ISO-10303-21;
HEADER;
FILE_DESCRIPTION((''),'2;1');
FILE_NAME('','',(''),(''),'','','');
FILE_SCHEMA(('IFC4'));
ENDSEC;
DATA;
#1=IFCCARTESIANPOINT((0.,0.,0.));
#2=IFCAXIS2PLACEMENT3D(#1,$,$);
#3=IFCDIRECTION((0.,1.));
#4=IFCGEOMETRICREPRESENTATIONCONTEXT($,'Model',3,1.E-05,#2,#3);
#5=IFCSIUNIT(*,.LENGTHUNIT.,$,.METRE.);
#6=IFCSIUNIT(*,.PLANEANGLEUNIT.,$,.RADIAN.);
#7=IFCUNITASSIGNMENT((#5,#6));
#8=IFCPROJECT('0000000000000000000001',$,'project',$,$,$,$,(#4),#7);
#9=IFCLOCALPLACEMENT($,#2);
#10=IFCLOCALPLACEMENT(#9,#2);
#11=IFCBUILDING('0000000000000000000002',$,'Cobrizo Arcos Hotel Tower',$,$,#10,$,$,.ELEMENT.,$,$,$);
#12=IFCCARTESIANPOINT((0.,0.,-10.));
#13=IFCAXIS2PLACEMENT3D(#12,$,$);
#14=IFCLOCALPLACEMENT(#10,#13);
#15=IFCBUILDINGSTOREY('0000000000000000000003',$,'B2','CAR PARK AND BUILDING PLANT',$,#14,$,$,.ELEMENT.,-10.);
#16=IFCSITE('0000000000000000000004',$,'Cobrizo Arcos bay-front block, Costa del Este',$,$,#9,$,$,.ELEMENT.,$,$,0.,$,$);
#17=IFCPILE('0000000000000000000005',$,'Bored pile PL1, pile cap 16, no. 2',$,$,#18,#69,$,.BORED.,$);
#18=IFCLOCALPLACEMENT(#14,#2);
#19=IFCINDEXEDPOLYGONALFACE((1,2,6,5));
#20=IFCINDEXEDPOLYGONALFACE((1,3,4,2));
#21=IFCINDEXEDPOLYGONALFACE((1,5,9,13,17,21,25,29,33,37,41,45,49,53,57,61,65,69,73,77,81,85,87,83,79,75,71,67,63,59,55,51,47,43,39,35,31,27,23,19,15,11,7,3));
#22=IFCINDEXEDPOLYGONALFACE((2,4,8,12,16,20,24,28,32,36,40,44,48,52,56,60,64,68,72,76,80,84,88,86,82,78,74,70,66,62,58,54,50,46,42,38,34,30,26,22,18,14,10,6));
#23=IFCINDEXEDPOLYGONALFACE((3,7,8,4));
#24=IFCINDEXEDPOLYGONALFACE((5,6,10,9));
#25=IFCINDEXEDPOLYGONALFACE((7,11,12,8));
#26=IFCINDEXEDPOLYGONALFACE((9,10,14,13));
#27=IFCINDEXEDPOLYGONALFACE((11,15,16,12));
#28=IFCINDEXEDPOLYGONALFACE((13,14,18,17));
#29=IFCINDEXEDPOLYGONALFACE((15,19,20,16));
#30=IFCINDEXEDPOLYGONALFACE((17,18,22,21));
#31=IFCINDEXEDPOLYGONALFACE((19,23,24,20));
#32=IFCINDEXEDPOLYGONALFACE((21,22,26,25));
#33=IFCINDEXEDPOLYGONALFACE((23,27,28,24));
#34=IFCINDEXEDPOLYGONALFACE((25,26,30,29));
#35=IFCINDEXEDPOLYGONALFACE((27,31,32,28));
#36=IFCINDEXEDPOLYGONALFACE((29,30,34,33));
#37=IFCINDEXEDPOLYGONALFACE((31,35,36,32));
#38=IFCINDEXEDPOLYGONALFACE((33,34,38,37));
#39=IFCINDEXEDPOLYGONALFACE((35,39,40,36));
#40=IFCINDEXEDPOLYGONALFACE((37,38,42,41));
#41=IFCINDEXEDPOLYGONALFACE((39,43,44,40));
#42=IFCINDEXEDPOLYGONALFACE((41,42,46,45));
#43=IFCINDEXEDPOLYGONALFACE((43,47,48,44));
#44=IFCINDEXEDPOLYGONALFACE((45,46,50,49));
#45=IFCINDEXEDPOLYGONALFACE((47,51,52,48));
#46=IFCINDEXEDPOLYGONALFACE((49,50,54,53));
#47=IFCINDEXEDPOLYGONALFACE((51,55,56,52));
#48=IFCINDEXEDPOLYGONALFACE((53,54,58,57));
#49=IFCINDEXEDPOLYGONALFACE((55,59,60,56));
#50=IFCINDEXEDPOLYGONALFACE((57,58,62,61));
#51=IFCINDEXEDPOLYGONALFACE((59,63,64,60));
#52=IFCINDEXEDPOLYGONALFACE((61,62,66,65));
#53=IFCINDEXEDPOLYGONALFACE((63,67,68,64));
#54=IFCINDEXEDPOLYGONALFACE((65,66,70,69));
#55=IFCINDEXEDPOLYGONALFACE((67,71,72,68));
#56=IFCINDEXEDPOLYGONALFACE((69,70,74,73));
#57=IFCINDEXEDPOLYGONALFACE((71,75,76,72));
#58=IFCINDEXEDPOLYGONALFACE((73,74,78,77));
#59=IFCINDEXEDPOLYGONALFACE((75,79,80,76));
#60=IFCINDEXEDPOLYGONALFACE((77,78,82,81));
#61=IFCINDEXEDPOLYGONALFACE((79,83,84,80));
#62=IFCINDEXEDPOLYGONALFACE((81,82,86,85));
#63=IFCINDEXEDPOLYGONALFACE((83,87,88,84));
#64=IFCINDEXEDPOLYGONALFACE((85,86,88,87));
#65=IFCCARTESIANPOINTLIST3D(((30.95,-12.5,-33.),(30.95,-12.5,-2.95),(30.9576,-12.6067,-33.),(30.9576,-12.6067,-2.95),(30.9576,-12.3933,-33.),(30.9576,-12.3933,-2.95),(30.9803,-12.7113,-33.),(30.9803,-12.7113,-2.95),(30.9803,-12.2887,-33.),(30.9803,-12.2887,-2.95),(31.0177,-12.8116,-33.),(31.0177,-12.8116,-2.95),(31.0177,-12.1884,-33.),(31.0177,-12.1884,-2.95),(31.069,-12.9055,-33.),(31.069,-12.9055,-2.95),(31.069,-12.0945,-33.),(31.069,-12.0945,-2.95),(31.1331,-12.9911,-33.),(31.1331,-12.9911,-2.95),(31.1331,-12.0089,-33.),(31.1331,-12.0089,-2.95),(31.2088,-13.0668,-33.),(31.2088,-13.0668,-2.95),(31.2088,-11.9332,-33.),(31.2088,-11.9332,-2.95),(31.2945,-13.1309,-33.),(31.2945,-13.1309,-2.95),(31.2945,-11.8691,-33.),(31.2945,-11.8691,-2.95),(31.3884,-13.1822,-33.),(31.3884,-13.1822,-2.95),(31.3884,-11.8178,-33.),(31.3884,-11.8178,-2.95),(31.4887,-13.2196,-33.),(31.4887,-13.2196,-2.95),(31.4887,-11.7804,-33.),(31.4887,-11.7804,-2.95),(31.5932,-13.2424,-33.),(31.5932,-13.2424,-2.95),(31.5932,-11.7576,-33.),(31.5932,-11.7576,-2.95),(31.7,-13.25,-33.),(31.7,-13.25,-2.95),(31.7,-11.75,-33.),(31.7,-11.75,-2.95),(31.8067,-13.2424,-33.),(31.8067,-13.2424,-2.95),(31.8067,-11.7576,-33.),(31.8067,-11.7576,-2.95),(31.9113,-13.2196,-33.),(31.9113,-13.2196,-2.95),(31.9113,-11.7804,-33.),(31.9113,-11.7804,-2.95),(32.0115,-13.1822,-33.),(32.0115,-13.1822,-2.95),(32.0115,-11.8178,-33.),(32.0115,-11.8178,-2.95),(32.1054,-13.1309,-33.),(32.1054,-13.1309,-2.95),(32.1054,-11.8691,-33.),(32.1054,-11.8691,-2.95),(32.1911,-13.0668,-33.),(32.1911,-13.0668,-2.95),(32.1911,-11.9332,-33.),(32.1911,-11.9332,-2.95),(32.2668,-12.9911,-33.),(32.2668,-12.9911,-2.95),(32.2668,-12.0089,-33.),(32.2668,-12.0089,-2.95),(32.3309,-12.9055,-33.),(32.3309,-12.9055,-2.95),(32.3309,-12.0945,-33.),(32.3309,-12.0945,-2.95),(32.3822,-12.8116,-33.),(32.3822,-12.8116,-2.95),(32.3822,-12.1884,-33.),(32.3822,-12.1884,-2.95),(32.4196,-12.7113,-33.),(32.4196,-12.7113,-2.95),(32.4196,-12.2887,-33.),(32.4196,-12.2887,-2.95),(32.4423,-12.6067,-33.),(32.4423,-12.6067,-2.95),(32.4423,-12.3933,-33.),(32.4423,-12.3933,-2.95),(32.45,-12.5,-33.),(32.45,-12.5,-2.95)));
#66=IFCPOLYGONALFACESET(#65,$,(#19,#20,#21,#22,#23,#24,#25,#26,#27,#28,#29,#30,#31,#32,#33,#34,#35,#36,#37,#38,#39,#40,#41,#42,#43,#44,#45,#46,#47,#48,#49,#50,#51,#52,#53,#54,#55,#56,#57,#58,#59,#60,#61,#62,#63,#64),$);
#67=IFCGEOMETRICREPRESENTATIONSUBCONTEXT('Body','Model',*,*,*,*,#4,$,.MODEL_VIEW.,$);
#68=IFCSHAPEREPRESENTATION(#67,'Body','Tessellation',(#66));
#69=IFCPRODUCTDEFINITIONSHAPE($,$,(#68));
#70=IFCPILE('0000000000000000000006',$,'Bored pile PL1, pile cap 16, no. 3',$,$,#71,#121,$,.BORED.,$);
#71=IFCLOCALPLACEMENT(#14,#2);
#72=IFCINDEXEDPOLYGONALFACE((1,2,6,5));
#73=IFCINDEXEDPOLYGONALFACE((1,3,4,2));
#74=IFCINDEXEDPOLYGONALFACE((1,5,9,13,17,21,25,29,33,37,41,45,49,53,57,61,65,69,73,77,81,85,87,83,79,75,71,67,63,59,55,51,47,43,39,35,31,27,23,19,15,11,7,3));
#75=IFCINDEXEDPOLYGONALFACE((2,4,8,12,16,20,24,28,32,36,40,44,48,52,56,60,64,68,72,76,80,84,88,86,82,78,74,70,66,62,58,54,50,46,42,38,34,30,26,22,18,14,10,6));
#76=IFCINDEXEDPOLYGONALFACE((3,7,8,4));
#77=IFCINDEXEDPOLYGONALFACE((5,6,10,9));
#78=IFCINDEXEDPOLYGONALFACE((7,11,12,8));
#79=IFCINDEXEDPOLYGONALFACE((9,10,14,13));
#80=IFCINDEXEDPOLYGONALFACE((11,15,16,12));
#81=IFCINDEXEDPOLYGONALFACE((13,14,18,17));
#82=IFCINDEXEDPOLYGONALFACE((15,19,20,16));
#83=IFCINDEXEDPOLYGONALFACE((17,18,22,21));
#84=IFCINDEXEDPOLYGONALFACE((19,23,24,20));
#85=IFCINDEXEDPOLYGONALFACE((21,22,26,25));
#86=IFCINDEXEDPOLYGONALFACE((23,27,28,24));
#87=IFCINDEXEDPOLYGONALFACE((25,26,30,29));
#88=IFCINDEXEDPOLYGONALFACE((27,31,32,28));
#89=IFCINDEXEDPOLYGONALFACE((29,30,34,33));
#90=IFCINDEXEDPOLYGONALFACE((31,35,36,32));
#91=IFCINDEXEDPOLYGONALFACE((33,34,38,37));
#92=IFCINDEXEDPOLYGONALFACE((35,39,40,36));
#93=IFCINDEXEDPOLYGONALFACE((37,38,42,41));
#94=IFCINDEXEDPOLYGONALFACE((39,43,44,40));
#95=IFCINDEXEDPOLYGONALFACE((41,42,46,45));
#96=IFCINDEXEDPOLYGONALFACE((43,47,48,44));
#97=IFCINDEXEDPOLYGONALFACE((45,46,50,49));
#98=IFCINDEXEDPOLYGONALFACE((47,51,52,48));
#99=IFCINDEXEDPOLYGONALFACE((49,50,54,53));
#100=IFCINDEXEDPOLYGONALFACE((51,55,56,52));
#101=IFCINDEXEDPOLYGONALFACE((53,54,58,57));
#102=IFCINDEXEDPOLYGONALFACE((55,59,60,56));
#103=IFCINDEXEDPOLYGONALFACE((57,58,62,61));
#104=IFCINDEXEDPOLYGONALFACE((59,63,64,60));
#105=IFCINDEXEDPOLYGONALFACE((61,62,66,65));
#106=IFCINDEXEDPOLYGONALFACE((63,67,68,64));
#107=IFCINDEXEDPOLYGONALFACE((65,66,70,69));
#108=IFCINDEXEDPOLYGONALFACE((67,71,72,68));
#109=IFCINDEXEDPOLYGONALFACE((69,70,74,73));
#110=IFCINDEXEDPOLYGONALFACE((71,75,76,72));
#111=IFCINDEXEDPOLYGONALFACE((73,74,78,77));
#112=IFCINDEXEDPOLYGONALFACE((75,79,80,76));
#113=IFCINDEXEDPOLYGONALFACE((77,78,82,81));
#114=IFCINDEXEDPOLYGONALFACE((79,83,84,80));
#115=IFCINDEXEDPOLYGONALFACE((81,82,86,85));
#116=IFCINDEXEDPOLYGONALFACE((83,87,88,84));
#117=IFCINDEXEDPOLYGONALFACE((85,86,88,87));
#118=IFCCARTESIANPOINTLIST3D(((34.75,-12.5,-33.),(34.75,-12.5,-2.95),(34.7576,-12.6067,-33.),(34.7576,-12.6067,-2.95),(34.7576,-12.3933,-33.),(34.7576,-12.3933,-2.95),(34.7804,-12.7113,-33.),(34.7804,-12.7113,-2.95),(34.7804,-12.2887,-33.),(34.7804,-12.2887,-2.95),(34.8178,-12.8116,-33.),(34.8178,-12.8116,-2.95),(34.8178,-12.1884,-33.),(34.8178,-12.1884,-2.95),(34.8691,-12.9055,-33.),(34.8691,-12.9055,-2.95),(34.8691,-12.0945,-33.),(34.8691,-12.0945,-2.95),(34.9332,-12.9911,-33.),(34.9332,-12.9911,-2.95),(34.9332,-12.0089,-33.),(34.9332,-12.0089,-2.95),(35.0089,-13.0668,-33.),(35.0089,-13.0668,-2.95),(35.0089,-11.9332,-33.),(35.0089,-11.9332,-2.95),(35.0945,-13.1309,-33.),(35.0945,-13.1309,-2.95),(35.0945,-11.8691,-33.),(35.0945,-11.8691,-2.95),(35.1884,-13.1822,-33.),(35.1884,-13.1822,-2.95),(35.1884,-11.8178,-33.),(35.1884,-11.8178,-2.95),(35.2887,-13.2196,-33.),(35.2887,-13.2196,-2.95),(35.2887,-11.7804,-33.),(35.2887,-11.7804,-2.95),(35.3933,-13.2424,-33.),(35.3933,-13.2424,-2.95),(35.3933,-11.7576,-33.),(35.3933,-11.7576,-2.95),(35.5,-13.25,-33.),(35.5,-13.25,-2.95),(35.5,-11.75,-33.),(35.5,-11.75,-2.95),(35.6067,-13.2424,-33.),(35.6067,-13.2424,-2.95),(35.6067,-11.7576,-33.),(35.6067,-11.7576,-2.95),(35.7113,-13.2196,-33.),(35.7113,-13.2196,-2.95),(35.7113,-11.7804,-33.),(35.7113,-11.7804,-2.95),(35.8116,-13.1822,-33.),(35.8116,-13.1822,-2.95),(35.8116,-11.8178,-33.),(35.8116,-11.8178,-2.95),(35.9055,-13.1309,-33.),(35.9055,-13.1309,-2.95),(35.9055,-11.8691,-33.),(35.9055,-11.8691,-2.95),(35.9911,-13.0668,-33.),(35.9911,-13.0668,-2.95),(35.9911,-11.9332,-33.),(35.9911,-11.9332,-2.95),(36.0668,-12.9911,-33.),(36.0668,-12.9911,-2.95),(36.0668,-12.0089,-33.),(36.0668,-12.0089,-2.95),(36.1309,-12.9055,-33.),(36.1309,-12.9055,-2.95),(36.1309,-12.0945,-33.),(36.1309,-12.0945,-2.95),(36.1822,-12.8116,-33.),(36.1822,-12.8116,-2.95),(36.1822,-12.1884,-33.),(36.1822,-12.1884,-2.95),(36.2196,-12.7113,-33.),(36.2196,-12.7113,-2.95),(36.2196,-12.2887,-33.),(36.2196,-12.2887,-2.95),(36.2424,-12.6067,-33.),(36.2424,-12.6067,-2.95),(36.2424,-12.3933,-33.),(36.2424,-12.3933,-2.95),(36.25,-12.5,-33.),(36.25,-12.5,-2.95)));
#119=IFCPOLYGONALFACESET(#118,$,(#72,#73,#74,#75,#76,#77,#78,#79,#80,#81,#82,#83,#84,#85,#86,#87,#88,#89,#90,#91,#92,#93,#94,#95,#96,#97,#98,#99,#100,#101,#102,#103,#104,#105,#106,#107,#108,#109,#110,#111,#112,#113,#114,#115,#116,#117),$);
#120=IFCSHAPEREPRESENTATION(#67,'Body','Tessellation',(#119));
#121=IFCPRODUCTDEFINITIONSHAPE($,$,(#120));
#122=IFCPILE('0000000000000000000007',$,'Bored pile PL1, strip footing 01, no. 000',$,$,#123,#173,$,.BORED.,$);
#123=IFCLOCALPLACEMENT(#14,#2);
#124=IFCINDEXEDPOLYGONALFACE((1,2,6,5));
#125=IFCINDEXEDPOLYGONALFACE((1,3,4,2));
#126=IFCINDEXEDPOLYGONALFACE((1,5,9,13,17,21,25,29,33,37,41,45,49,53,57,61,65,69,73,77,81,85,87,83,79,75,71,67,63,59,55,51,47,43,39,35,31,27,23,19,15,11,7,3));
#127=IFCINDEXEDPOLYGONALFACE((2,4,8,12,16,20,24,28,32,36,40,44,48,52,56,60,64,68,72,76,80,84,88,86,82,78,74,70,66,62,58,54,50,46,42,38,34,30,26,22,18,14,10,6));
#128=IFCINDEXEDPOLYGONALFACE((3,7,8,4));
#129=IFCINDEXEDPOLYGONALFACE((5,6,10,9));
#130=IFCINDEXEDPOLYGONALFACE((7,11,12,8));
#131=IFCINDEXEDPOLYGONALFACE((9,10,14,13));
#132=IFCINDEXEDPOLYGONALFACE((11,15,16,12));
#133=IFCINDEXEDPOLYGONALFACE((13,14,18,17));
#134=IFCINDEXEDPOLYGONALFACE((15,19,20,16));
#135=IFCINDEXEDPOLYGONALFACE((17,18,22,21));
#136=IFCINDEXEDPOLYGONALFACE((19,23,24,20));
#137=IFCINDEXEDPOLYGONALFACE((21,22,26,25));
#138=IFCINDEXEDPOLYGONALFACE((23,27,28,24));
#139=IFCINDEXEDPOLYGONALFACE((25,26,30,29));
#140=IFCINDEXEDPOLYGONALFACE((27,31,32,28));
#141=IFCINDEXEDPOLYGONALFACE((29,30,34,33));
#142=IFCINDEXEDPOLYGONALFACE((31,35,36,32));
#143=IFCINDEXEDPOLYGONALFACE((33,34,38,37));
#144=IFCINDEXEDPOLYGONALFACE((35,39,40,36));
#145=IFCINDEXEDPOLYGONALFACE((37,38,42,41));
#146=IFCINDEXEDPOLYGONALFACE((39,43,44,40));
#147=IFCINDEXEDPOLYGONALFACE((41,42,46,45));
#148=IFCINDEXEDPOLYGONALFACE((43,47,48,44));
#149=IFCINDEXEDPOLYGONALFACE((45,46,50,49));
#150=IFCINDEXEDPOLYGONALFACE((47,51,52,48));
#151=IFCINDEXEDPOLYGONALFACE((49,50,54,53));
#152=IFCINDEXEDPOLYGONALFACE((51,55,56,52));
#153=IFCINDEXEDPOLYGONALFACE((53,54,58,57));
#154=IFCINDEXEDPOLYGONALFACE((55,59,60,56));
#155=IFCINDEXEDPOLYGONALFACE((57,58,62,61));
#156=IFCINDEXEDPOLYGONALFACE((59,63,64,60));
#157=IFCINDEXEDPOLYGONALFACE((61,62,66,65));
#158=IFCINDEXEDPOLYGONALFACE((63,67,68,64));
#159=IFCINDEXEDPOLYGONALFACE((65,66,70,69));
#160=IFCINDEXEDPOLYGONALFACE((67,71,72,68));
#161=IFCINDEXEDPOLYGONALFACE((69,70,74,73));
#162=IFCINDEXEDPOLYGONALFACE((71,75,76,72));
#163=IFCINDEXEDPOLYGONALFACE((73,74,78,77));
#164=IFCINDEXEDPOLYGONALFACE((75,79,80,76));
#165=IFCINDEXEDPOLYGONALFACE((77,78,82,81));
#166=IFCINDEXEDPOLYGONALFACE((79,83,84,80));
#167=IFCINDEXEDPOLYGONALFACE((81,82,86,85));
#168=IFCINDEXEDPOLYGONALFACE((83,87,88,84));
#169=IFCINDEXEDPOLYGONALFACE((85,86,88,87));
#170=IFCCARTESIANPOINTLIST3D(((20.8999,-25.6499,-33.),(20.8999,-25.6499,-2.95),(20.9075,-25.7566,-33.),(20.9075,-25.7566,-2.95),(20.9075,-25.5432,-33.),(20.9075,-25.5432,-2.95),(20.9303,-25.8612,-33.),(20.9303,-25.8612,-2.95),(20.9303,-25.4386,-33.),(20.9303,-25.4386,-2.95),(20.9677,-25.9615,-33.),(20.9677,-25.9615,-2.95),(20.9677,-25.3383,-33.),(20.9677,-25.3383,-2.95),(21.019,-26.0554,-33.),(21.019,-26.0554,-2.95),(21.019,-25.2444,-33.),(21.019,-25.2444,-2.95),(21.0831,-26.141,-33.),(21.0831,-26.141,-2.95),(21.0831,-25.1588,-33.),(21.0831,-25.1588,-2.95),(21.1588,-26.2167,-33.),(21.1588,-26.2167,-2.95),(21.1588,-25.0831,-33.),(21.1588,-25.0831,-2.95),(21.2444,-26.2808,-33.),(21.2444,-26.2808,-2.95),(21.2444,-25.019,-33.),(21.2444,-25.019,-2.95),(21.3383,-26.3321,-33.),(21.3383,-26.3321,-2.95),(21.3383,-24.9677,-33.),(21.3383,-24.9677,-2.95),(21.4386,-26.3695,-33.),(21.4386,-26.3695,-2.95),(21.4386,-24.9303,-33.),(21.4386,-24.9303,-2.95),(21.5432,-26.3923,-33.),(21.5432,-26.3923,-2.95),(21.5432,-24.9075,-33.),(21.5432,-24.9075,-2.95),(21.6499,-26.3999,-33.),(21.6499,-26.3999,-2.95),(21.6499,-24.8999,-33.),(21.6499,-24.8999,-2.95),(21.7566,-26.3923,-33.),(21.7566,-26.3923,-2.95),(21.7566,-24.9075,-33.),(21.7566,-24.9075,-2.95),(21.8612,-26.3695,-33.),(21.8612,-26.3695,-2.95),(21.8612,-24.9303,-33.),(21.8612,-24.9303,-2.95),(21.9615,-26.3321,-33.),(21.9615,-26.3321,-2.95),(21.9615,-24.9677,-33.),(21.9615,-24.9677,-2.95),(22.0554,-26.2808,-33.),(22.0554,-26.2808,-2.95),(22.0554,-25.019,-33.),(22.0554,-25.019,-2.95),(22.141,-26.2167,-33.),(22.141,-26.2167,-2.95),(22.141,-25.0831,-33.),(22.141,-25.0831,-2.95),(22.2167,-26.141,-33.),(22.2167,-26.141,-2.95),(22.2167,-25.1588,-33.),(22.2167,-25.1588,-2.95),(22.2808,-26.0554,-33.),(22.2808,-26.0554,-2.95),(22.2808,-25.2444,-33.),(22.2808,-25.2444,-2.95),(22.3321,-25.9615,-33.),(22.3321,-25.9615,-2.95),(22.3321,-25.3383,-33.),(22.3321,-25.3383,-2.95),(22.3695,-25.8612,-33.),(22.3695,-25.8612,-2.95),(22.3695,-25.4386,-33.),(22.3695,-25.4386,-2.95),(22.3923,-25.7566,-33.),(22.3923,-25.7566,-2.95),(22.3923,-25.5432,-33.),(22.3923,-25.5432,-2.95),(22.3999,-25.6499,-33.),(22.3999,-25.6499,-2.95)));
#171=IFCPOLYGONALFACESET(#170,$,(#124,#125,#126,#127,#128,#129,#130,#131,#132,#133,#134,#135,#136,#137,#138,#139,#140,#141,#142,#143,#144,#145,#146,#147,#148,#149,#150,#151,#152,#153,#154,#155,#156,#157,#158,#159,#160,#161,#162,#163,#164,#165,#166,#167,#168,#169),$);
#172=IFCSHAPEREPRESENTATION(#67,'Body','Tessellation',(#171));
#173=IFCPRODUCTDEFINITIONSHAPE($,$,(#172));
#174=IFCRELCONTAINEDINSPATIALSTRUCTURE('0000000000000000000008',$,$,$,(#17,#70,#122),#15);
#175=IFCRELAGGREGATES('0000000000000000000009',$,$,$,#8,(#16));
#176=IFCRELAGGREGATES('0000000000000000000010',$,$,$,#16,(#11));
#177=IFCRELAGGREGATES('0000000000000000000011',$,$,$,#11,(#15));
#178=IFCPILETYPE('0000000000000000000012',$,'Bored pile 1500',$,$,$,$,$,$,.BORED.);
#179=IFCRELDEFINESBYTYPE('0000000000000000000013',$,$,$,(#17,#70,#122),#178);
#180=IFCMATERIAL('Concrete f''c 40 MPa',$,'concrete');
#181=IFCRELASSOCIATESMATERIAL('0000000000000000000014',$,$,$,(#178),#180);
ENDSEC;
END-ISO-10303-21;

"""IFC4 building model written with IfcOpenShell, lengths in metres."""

from ifc_helpers import new_model, si_unit, direction, frame, origin, origin_2d, place, context, subcontext, project, spatial, circle, extrude, material, material_profile, profile_set, type_object, element, save


model = new_model("IFC4")

# Units and contexts
model_context = context("Model", 3, precision=1e-05, world=origin(), true_north=direction((0.0, 1.0)))
body_context = subcontext(model_context, "Body", "Model", "MODEL_VIEW")
ifc_project = project(units=[si_unit("LENGTHUNIT", "METRE"), si_unit("PLANEANGLEUNIT", "RADIAN")], contexts=[model_context])

# Site, building, storey
site_placement = place(None, origin())
site = spatial("IfcSite", under=ifc_project, at=site_placement, Name="Cobrizo Arcos bay-front block, Costa del Este", CompositionType="ELEMENT", RefElevation=0.0)
building_placement = place(site_placement, origin())
building = spatial("IfcBuilding", under=site, at=building_placement, Name="Cobrizo Arcos Hotel Tower", CompositionType="ELEMENT")
storey_placement = place(building_placement, frame((0.0, 0.0, -10.0)))
storey = spatial("IfcBuildingStorey", under=building, at=storey_placement, Name="B2", Description="CAR PARK AND BUILDING PLANT", CompositionType="ELEMENT", Elevation=-10.0)

# Piles
ifc_material_1 = material(Name="Concrete f'c 40 MPa", Category="concrete")
ifc_material_profile_1 = material_profile(ifc_material_1, circle(Radius=0.75, at=origin_2d()), Name="BORED PILE 1500")
ifc_profile_set_1 = profile_set([ifc_material_profile_1], Name="Concrete f'c 40 MPa")
pile_type = type_object("IfcPileType", Name="Bored pile 1500", PredefinedType="BORED", material=ifc_profile_set_1)
for number, where, z_axis, x_axis, name in (
    (1, (31.7, -12.5, -2.95), (0.0, 0.0, -1.0), (1.0, 0.0, 0.0), "Bored pile PL1, pile cap 16, no. 2"),
    (2, (35.5, -12.5, -2.95), (0.0, 0.0, -1.0), (1.0, 0.0, 0.0), "Bored pile PL1, pile cap 16, no. 3"),
    (3, (21.6499, -25.6499, -2.95), (0.0, 0.0, -1.0), (1.0, 0.0, 0.0), "Bored pile PL1, strip footing 01, no. 000"),
):
    element("IfcPile", number, at=place(storey_placement, frame(where, z_axis=z_axis, x_axis=x_axis)), inside=storey, type_object=pile_type, Name=name, PredefinedType="BORED", context=body_context, shape_type="SweptSolid", body=[
        extrude(circle(Radius=0.75, at=origin_2d()), origin(), (0.0, 0.0, 1.0), 30.05),
    ])

save(model, "model.ifc")
